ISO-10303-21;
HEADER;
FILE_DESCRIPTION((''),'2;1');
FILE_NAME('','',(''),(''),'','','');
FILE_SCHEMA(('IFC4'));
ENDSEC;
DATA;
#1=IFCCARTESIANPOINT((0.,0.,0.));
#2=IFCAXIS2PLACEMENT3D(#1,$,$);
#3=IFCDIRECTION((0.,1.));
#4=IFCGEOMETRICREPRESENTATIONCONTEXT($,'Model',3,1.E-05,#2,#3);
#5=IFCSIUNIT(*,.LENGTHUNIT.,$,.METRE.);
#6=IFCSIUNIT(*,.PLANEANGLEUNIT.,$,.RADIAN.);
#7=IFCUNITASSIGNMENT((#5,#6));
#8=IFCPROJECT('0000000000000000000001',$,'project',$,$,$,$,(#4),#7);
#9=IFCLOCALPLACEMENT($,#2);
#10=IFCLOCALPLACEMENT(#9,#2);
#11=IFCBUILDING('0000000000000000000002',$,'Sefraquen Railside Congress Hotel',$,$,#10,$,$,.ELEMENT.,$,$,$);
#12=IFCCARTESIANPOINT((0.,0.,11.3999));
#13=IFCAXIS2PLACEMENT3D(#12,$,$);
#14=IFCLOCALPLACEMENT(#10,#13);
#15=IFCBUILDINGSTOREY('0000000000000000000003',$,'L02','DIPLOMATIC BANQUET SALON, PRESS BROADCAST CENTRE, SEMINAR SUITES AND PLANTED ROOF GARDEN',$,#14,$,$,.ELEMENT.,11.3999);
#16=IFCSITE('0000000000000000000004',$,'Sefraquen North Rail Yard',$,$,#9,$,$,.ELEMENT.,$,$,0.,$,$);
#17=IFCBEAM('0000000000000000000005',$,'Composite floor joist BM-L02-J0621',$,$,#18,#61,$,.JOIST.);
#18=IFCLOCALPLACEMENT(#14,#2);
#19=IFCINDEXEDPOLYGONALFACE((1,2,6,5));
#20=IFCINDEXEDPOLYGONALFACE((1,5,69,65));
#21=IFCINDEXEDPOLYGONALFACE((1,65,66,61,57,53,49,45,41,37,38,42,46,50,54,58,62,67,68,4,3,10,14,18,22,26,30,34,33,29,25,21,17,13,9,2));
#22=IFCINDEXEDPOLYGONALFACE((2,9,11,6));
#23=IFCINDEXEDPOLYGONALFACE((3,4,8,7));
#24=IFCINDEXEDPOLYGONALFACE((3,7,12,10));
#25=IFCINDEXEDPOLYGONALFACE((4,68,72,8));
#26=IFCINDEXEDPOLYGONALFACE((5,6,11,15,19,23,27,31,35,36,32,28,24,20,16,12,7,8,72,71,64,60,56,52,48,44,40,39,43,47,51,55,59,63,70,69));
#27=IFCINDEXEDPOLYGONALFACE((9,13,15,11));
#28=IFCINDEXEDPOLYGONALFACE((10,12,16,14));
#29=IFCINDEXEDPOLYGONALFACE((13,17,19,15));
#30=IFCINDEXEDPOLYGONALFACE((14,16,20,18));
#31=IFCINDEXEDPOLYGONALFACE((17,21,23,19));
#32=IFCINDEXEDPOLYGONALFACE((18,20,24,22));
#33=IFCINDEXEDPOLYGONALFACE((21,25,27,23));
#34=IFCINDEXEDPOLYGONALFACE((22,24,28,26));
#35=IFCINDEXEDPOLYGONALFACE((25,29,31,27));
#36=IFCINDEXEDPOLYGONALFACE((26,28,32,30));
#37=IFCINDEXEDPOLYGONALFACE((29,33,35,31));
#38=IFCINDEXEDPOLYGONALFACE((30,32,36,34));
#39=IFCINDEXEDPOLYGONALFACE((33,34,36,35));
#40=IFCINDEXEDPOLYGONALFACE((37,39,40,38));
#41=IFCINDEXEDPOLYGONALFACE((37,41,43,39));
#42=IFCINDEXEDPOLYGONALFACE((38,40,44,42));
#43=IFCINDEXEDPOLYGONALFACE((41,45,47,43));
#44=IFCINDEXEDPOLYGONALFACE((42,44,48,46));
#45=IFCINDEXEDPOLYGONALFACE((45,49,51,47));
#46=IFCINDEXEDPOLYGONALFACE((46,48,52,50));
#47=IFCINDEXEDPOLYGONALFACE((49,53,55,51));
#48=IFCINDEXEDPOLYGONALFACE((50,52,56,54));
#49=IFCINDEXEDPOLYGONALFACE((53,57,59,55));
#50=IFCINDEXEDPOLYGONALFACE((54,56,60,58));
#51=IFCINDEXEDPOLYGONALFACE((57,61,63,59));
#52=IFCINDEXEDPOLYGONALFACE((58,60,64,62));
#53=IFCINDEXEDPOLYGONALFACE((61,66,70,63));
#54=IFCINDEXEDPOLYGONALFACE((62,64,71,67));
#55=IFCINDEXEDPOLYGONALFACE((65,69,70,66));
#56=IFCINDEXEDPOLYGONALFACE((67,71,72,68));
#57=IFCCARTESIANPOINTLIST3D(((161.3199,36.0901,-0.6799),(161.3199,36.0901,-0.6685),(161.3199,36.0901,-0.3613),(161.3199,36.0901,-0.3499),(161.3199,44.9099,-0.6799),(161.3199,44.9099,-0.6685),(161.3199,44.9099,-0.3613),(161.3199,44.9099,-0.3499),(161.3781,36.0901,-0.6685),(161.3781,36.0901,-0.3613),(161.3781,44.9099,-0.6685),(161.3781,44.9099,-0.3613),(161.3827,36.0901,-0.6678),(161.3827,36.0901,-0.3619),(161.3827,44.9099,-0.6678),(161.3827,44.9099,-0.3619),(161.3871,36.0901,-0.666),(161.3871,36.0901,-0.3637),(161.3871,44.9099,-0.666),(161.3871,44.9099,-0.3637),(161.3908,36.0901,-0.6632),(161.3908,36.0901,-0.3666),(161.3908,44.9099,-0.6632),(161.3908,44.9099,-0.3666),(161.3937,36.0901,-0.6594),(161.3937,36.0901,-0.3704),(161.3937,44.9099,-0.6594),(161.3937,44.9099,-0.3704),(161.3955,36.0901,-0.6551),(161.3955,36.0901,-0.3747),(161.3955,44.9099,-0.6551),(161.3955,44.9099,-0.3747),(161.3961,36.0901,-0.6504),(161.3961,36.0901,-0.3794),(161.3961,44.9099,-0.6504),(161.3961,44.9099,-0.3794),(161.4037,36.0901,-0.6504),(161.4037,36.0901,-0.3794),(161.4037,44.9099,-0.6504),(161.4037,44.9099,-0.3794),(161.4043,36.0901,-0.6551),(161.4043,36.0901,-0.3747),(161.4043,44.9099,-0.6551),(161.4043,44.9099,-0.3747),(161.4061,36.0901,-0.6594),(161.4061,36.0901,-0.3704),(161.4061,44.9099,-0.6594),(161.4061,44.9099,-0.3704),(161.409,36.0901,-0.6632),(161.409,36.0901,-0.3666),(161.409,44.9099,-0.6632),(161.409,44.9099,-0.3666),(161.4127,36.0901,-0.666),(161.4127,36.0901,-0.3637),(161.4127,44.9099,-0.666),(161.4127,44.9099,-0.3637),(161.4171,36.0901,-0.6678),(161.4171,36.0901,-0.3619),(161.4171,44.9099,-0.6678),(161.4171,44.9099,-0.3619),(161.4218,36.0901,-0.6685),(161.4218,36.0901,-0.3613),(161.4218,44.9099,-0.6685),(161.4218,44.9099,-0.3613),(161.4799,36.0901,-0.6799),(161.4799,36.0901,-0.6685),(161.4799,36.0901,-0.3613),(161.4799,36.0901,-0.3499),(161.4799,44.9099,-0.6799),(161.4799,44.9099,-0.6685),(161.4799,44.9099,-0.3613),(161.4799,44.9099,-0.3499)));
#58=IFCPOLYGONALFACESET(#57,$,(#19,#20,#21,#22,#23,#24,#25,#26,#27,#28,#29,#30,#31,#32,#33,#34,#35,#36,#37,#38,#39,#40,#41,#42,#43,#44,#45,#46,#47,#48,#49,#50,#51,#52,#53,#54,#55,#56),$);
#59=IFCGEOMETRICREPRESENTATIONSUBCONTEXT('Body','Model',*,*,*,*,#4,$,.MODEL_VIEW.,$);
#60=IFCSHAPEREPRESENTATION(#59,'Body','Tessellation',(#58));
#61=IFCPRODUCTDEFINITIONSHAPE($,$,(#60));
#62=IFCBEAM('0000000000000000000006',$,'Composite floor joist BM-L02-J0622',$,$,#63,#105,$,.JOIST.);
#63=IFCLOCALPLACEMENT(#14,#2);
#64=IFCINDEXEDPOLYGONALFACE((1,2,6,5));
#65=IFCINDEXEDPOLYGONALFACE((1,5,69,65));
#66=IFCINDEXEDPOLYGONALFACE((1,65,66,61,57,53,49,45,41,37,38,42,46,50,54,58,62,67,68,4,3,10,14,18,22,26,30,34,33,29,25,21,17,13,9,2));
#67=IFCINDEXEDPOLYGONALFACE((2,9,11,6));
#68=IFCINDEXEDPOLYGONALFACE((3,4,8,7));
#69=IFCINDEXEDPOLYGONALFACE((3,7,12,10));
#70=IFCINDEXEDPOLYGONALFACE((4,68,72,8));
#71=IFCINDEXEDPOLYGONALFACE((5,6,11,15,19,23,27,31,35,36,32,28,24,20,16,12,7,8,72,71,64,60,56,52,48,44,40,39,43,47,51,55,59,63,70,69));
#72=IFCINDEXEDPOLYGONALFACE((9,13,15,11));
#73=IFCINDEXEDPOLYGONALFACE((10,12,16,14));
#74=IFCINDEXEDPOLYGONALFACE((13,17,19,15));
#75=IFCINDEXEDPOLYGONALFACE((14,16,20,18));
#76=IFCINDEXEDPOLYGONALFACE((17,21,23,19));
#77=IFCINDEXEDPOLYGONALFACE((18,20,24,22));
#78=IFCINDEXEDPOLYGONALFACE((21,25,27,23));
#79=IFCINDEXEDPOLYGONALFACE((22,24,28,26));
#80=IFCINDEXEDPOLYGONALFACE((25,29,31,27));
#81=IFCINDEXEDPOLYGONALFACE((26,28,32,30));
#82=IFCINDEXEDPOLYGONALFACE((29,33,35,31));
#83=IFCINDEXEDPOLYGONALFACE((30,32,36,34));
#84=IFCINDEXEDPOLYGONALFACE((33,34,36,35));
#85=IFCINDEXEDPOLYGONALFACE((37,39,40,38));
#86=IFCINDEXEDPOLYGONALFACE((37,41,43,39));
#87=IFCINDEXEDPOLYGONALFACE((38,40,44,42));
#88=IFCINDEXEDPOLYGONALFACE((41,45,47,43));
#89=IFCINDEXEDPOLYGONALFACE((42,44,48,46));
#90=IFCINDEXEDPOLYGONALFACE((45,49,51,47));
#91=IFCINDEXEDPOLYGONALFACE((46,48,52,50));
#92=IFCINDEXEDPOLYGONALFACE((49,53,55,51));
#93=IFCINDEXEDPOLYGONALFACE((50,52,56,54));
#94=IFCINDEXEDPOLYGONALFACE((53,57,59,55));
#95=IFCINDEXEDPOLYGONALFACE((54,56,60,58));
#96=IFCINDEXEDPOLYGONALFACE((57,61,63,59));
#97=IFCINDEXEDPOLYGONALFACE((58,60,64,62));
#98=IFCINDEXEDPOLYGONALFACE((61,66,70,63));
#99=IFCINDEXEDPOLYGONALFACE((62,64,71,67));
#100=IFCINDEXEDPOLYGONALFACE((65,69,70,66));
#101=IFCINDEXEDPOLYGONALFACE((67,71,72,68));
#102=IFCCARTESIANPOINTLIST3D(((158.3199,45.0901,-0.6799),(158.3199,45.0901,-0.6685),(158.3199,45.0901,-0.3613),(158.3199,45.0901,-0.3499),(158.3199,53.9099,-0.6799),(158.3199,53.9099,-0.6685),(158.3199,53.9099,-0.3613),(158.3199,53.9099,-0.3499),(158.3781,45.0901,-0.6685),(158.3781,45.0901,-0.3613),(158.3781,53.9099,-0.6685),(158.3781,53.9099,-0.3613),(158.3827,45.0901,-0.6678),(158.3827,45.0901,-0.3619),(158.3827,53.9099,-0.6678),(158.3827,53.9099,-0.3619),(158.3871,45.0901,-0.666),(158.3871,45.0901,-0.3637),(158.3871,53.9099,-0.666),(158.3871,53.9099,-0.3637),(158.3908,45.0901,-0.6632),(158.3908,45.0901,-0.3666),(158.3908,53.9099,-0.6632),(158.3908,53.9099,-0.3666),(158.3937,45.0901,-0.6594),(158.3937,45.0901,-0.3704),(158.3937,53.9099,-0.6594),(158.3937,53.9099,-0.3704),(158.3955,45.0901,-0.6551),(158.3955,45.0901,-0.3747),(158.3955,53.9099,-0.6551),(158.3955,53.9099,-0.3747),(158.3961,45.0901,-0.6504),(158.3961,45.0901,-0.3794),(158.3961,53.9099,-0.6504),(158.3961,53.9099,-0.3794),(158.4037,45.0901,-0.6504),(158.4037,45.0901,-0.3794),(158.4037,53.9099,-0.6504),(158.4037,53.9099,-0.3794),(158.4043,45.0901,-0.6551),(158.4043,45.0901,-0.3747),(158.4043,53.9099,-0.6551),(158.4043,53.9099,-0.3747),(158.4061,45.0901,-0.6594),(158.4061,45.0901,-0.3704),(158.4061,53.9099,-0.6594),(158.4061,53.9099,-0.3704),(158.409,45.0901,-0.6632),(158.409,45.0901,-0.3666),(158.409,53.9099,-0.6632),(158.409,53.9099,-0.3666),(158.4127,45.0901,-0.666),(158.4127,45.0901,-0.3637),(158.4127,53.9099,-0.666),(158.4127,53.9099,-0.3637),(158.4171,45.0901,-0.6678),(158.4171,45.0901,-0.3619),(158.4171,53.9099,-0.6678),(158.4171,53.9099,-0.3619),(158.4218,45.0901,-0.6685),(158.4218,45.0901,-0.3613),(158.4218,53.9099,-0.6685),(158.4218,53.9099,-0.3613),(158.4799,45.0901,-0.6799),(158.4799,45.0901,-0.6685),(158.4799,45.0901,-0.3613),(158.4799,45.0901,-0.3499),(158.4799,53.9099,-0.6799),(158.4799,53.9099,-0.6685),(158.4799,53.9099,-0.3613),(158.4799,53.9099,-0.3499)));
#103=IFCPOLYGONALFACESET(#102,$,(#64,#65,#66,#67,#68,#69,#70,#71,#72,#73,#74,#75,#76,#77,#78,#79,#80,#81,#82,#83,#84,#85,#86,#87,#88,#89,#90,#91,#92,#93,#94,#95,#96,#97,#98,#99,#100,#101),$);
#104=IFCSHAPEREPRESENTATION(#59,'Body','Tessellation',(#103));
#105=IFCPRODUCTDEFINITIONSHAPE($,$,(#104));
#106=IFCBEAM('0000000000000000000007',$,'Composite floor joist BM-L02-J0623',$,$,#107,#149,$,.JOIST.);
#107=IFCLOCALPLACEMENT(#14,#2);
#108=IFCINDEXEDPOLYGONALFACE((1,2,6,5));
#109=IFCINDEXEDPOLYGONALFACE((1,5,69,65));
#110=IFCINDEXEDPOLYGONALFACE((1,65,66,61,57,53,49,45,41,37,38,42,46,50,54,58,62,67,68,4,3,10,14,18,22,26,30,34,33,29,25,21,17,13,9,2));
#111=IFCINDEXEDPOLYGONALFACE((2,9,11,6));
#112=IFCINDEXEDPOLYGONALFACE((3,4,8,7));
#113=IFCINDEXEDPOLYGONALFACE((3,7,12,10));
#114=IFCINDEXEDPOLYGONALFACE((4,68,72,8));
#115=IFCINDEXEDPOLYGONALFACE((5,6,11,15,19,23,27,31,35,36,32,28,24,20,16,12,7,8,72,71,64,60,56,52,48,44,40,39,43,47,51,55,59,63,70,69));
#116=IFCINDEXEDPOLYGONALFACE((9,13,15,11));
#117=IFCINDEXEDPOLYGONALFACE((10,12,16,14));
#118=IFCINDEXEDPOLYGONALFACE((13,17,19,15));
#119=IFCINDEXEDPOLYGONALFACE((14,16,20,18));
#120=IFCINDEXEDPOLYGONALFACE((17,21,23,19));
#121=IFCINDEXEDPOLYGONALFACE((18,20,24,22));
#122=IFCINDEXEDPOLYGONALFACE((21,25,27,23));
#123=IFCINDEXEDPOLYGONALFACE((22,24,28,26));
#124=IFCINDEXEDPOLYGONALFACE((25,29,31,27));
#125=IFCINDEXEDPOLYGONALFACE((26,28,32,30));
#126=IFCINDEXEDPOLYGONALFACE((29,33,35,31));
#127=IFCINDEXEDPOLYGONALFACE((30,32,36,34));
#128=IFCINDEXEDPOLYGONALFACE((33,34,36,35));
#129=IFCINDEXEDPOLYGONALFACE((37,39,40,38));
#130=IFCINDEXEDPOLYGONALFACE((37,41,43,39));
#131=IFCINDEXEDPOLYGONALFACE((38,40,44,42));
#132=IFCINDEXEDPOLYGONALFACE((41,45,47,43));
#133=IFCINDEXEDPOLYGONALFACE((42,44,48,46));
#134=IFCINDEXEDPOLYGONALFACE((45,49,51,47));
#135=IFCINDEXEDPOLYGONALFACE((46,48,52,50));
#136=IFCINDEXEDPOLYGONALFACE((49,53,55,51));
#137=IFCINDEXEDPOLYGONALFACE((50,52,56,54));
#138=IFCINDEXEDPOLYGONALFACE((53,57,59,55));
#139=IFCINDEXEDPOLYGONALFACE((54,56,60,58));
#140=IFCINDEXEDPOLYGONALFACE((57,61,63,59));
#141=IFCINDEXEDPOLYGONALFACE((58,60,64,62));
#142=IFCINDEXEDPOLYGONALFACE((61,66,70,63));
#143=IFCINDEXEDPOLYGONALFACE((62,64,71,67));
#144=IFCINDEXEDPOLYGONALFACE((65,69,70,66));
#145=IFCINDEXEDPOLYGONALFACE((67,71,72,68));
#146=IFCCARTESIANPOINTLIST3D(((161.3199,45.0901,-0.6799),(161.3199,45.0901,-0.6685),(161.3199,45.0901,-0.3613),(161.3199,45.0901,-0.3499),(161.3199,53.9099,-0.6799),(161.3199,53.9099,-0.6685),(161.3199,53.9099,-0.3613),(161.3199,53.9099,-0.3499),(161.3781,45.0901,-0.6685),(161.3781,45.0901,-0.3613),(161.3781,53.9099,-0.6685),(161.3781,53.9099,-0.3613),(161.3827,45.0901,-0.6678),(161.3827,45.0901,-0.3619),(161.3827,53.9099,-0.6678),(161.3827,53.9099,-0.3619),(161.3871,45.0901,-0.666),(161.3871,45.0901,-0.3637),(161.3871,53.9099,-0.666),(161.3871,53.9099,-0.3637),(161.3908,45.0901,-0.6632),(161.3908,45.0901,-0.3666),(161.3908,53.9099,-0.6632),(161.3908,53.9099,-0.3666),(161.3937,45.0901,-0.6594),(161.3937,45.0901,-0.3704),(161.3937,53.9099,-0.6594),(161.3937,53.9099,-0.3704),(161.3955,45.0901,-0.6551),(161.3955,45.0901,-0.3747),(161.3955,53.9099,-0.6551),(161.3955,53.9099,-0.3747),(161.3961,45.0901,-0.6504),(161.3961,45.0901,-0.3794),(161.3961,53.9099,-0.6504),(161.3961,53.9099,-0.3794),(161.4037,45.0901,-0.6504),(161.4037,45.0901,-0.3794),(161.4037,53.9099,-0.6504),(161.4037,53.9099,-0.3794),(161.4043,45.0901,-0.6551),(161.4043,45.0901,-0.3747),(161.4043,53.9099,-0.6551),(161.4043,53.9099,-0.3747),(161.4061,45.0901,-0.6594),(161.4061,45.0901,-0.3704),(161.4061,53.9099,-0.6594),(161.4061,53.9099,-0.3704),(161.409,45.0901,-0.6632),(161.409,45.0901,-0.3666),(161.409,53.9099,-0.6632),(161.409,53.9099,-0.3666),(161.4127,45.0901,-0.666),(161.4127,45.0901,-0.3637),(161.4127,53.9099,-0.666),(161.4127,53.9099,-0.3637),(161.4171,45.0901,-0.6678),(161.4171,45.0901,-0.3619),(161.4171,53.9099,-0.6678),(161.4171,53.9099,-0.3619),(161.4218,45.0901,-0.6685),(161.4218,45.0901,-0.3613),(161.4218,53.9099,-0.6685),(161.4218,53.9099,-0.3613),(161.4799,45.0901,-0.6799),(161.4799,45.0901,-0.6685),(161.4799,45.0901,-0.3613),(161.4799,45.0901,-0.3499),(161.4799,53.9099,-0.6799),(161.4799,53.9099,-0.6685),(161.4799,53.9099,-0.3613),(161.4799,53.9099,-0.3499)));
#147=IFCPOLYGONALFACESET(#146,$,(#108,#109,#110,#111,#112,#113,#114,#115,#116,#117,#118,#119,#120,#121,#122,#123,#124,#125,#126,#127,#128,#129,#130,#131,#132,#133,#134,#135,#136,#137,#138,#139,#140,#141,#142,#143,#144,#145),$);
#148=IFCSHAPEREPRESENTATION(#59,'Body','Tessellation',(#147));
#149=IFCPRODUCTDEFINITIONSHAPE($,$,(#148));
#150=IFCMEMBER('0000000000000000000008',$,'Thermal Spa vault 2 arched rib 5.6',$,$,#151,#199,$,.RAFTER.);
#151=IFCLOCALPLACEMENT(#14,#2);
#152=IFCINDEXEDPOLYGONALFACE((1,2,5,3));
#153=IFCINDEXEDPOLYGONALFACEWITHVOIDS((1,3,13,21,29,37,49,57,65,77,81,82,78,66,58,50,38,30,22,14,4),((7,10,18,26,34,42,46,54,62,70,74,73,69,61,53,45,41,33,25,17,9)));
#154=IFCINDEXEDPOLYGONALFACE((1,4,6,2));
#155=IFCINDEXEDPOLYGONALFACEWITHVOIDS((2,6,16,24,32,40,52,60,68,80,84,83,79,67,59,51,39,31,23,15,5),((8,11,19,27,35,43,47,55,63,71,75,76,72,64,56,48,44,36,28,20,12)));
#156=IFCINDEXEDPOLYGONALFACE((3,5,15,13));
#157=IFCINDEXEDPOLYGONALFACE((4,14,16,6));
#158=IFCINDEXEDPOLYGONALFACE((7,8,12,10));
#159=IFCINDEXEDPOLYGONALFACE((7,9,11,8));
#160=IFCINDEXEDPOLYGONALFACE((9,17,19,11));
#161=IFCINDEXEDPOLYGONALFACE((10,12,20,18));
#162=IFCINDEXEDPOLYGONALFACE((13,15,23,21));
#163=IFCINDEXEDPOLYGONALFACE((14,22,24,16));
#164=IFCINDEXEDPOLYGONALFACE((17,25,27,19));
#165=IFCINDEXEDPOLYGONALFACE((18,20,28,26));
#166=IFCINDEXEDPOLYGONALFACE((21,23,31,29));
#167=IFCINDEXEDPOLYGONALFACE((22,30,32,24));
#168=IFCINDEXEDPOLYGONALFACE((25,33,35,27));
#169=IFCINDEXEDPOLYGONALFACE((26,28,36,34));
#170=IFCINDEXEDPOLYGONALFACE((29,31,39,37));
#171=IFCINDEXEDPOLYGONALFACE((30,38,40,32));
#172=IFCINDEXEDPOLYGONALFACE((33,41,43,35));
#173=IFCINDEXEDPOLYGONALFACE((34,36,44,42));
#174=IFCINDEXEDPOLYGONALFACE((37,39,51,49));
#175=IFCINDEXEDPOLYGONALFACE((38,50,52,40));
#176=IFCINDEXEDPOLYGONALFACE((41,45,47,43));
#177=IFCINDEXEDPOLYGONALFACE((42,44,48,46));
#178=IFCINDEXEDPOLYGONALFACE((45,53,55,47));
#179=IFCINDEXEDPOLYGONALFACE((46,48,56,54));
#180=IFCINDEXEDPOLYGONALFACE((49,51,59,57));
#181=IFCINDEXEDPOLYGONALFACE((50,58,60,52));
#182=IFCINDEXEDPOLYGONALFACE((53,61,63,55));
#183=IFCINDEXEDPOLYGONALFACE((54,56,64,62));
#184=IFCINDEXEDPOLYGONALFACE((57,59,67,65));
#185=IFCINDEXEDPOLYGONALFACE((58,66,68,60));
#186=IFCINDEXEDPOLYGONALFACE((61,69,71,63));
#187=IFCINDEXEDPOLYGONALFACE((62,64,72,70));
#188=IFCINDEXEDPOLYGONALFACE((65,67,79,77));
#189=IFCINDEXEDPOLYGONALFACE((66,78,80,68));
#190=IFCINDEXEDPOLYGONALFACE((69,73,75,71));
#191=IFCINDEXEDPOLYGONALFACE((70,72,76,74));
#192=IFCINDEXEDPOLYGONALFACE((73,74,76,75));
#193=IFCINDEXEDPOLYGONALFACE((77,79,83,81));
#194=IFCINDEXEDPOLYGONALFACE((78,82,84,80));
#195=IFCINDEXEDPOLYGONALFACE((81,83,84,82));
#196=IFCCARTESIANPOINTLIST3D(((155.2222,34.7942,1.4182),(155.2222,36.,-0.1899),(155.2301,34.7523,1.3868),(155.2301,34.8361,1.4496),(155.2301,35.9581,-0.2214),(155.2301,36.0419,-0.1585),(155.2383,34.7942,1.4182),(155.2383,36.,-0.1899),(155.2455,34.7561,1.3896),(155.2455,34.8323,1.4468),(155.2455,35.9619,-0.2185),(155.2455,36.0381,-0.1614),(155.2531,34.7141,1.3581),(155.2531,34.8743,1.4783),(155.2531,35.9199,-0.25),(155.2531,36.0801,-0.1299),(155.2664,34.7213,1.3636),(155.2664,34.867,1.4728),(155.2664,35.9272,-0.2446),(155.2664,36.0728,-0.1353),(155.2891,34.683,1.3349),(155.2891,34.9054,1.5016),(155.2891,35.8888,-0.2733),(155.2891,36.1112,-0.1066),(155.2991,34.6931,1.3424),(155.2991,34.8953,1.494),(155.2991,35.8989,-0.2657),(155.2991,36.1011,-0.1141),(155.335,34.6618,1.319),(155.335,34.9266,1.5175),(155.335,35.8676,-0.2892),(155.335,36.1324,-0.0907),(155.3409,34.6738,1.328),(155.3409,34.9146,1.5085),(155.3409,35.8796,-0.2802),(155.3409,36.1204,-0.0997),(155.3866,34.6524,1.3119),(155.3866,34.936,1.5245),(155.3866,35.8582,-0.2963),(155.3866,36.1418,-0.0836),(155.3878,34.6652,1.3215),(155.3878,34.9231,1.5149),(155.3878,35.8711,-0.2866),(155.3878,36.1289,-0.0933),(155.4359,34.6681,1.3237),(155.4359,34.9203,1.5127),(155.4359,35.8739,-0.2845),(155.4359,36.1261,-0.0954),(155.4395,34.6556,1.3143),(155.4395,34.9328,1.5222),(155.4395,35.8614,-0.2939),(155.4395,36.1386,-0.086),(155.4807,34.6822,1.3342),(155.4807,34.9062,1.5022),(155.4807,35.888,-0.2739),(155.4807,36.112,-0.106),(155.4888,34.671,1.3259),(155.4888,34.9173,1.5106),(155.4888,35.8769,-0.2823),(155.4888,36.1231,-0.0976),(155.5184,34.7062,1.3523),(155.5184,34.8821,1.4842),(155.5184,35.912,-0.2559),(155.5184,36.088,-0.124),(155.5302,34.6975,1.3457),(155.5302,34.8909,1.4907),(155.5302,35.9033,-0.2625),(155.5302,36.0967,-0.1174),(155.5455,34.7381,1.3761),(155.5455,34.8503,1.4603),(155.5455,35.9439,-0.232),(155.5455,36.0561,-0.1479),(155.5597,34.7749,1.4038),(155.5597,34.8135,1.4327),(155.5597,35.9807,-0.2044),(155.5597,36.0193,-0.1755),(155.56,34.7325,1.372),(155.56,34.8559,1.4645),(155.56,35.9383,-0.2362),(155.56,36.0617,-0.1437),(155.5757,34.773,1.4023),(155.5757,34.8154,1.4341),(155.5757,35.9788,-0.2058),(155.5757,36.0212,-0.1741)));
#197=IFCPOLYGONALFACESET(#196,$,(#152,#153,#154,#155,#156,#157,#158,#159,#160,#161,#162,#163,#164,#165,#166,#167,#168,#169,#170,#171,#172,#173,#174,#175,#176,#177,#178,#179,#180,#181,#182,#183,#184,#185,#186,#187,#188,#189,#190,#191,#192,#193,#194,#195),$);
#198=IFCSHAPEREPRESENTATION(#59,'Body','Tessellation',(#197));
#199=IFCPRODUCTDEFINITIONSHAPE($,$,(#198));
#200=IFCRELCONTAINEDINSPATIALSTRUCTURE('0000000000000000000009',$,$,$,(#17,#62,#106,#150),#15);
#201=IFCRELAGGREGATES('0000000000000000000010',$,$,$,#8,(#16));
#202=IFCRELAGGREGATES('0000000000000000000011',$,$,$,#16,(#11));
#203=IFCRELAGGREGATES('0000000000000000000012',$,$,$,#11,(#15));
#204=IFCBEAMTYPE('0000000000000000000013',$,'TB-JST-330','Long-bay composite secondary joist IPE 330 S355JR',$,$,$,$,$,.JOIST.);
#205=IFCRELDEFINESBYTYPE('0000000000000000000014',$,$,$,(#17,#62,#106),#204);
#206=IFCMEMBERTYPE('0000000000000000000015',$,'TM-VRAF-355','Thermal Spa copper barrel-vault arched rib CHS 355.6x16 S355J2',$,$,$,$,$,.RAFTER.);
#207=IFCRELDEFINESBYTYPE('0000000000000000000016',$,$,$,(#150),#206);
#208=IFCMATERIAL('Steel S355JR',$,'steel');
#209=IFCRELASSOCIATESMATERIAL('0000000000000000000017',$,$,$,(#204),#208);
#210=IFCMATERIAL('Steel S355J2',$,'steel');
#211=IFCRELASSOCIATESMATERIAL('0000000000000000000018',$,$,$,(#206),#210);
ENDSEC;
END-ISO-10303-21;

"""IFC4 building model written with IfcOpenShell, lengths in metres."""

from ifc_helpers import new_model, si_unit, direction, frame, origin, origin_2d, place, context, subcontext, project, spatial, hollow_circle, i_section, extrude, material, material_profile, profile_set, type_object, element, save


model = new_model("IFC4")

# Units and contexts
model_context = context("Model", 3, precision=1e-05, world=origin(), true_north=direction((0.0, 1.0)))
body_context = subcontext(model_context, "Body", "Model", "MODEL_VIEW")
ifc_project = project(units=[si_unit("LENGTHUNIT", "METRE"), si_unit("PLANEANGLEUNIT", "RADIAN")], contexts=[model_context])

# Site, building, storey
site_placement = place(None, origin())
site = spatial("IfcSite", under=ifc_project, at=site_placement, Name="Sefraquen North Rail Yard", CompositionType="ELEMENT", RefElevation=0.0)
building_placement = place(site_placement, origin())
building = spatial("IfcBuilding", under=site, at=building_placement, Name="Sefraquen Railside Congress Hotel", CompositionType="ELEMENT")
storey_placement = place(building_placement, frame((0.0, 0.0, 11.3999)))
storey = spatial("IfcBuildingStorey", under=building, at=storey_placement, Name="L02", Description="DIPLOMATIC BANQUET SALON, PRESS BROADCAST CENTRE, SEMINAR SUITES AND PLANTED ROOF GARDEN", CompositionType="ELEMENT", Elevation=11.3999)

# Shared definitions
ifc_material_1 = material(Name="Steel S355JR", Category="steel")

# Beams
ifc_material_profile_1 = material_profile(ifc_material_1, i_section(OverallWidth=0.1599, OverallDepth=0.3301, WebThickness=0.0076, FlangeThickness=0.0115, FilletRadius=0.0181, at=origin_2d()), Name="IPE 330")
ifc_profile_set_1 = profile_set([ifc_material_profile_1], Name="Steel S355JR")
beam_type_1 = type_object("IfcBeamType", Name="TB-JST-330", Description="Long-bay composite secondary joist IPE 330 S355JR", PredefinedType="JOIST", material=ifc_profile_set_1)
for number, where, z_axis, x_axis, name in (
    (1, (161.3999, 36.0901, -0.5149), (0.0, 1.0, 0.0), (-1.0, 0.0, 0.0), "Composite floor joist BM-L02-J0621"),
    (2, (158.3999, 45.0901, -0.5149), (0.0, 1.0, 0.0), (-1.0, 0.0, 0.0), "Composite floor joist BM-L02-J0622"),
    (3, (161.3999, 45.0901, -0.5149), (0.0, 1.0, 0.0), (-1.0, 0.0, 0.0), "Composite floor joist BM-L02-J0623"),
):
    element("IfcBeam", number, at=place(storey_placement, frame(where, z_axis=z_axis, x_axis=x_axis)), inside=storey, type_object=beam_type_1, Name=name, PredefinedType="JOIST", context=body_context, shape_type="SweptSolid", body=[
        extrude(i_section(OverallWidth=0.1599, OverallDepth=0.3301, WebThickness=0.0076, FlangeThickness=0.0115, FilletRadius=0.0181, at=origin_2d()), origin(), (0.0, 0.0, 1.0), 8.8198),
    ])

# Member
ifc_material_2 = material(Name="Steel S355J2", Category="steel")
ifc_material_profile_2 = material_profile(ifc_material_2, hollow_circle(Radius=0.1777, WallThickness=0.0161, at=origin_2d()), Name="CHS 355.6x16")
ifc_profile_set_2 = profile_set([ifc_material_profile_2], Name="Steel S355J2")
member_type = type_object("IfcMemberType", Name="TM-VRAF-355", Description="Thermal Spa copper barrel-vault arched rib CHS 355.6x16 S355J2", PredefinedType="RAFTER", material=ifc_profile_set_2)
for number, where, z_axis, x_axis, name in (
    (4, (155.3999, 34.7942, 1.4182), (0.0, 0.599903, -0.800073), (-1.0, 0.0, 0.0), "Thermal Spa vault 2 arched rib 5.6"),
):
    element("IfcMember", number, at=place(storey_placement, frame(where, z_axis=z_axis, x_axis=x_axis)), inside=storey, type_object=member_type, Name=name, PredefinedType="RAFTER", context=body_context, shape_type="SweptSolid", body=[
        extrude(hollow_circle(Radius=0.1777, WallThickness=0.0161, at=origin_2d()), origin(), (0.0, 0.0, 1.0), 2.01),
    ])

save(model, "model.ifc")
